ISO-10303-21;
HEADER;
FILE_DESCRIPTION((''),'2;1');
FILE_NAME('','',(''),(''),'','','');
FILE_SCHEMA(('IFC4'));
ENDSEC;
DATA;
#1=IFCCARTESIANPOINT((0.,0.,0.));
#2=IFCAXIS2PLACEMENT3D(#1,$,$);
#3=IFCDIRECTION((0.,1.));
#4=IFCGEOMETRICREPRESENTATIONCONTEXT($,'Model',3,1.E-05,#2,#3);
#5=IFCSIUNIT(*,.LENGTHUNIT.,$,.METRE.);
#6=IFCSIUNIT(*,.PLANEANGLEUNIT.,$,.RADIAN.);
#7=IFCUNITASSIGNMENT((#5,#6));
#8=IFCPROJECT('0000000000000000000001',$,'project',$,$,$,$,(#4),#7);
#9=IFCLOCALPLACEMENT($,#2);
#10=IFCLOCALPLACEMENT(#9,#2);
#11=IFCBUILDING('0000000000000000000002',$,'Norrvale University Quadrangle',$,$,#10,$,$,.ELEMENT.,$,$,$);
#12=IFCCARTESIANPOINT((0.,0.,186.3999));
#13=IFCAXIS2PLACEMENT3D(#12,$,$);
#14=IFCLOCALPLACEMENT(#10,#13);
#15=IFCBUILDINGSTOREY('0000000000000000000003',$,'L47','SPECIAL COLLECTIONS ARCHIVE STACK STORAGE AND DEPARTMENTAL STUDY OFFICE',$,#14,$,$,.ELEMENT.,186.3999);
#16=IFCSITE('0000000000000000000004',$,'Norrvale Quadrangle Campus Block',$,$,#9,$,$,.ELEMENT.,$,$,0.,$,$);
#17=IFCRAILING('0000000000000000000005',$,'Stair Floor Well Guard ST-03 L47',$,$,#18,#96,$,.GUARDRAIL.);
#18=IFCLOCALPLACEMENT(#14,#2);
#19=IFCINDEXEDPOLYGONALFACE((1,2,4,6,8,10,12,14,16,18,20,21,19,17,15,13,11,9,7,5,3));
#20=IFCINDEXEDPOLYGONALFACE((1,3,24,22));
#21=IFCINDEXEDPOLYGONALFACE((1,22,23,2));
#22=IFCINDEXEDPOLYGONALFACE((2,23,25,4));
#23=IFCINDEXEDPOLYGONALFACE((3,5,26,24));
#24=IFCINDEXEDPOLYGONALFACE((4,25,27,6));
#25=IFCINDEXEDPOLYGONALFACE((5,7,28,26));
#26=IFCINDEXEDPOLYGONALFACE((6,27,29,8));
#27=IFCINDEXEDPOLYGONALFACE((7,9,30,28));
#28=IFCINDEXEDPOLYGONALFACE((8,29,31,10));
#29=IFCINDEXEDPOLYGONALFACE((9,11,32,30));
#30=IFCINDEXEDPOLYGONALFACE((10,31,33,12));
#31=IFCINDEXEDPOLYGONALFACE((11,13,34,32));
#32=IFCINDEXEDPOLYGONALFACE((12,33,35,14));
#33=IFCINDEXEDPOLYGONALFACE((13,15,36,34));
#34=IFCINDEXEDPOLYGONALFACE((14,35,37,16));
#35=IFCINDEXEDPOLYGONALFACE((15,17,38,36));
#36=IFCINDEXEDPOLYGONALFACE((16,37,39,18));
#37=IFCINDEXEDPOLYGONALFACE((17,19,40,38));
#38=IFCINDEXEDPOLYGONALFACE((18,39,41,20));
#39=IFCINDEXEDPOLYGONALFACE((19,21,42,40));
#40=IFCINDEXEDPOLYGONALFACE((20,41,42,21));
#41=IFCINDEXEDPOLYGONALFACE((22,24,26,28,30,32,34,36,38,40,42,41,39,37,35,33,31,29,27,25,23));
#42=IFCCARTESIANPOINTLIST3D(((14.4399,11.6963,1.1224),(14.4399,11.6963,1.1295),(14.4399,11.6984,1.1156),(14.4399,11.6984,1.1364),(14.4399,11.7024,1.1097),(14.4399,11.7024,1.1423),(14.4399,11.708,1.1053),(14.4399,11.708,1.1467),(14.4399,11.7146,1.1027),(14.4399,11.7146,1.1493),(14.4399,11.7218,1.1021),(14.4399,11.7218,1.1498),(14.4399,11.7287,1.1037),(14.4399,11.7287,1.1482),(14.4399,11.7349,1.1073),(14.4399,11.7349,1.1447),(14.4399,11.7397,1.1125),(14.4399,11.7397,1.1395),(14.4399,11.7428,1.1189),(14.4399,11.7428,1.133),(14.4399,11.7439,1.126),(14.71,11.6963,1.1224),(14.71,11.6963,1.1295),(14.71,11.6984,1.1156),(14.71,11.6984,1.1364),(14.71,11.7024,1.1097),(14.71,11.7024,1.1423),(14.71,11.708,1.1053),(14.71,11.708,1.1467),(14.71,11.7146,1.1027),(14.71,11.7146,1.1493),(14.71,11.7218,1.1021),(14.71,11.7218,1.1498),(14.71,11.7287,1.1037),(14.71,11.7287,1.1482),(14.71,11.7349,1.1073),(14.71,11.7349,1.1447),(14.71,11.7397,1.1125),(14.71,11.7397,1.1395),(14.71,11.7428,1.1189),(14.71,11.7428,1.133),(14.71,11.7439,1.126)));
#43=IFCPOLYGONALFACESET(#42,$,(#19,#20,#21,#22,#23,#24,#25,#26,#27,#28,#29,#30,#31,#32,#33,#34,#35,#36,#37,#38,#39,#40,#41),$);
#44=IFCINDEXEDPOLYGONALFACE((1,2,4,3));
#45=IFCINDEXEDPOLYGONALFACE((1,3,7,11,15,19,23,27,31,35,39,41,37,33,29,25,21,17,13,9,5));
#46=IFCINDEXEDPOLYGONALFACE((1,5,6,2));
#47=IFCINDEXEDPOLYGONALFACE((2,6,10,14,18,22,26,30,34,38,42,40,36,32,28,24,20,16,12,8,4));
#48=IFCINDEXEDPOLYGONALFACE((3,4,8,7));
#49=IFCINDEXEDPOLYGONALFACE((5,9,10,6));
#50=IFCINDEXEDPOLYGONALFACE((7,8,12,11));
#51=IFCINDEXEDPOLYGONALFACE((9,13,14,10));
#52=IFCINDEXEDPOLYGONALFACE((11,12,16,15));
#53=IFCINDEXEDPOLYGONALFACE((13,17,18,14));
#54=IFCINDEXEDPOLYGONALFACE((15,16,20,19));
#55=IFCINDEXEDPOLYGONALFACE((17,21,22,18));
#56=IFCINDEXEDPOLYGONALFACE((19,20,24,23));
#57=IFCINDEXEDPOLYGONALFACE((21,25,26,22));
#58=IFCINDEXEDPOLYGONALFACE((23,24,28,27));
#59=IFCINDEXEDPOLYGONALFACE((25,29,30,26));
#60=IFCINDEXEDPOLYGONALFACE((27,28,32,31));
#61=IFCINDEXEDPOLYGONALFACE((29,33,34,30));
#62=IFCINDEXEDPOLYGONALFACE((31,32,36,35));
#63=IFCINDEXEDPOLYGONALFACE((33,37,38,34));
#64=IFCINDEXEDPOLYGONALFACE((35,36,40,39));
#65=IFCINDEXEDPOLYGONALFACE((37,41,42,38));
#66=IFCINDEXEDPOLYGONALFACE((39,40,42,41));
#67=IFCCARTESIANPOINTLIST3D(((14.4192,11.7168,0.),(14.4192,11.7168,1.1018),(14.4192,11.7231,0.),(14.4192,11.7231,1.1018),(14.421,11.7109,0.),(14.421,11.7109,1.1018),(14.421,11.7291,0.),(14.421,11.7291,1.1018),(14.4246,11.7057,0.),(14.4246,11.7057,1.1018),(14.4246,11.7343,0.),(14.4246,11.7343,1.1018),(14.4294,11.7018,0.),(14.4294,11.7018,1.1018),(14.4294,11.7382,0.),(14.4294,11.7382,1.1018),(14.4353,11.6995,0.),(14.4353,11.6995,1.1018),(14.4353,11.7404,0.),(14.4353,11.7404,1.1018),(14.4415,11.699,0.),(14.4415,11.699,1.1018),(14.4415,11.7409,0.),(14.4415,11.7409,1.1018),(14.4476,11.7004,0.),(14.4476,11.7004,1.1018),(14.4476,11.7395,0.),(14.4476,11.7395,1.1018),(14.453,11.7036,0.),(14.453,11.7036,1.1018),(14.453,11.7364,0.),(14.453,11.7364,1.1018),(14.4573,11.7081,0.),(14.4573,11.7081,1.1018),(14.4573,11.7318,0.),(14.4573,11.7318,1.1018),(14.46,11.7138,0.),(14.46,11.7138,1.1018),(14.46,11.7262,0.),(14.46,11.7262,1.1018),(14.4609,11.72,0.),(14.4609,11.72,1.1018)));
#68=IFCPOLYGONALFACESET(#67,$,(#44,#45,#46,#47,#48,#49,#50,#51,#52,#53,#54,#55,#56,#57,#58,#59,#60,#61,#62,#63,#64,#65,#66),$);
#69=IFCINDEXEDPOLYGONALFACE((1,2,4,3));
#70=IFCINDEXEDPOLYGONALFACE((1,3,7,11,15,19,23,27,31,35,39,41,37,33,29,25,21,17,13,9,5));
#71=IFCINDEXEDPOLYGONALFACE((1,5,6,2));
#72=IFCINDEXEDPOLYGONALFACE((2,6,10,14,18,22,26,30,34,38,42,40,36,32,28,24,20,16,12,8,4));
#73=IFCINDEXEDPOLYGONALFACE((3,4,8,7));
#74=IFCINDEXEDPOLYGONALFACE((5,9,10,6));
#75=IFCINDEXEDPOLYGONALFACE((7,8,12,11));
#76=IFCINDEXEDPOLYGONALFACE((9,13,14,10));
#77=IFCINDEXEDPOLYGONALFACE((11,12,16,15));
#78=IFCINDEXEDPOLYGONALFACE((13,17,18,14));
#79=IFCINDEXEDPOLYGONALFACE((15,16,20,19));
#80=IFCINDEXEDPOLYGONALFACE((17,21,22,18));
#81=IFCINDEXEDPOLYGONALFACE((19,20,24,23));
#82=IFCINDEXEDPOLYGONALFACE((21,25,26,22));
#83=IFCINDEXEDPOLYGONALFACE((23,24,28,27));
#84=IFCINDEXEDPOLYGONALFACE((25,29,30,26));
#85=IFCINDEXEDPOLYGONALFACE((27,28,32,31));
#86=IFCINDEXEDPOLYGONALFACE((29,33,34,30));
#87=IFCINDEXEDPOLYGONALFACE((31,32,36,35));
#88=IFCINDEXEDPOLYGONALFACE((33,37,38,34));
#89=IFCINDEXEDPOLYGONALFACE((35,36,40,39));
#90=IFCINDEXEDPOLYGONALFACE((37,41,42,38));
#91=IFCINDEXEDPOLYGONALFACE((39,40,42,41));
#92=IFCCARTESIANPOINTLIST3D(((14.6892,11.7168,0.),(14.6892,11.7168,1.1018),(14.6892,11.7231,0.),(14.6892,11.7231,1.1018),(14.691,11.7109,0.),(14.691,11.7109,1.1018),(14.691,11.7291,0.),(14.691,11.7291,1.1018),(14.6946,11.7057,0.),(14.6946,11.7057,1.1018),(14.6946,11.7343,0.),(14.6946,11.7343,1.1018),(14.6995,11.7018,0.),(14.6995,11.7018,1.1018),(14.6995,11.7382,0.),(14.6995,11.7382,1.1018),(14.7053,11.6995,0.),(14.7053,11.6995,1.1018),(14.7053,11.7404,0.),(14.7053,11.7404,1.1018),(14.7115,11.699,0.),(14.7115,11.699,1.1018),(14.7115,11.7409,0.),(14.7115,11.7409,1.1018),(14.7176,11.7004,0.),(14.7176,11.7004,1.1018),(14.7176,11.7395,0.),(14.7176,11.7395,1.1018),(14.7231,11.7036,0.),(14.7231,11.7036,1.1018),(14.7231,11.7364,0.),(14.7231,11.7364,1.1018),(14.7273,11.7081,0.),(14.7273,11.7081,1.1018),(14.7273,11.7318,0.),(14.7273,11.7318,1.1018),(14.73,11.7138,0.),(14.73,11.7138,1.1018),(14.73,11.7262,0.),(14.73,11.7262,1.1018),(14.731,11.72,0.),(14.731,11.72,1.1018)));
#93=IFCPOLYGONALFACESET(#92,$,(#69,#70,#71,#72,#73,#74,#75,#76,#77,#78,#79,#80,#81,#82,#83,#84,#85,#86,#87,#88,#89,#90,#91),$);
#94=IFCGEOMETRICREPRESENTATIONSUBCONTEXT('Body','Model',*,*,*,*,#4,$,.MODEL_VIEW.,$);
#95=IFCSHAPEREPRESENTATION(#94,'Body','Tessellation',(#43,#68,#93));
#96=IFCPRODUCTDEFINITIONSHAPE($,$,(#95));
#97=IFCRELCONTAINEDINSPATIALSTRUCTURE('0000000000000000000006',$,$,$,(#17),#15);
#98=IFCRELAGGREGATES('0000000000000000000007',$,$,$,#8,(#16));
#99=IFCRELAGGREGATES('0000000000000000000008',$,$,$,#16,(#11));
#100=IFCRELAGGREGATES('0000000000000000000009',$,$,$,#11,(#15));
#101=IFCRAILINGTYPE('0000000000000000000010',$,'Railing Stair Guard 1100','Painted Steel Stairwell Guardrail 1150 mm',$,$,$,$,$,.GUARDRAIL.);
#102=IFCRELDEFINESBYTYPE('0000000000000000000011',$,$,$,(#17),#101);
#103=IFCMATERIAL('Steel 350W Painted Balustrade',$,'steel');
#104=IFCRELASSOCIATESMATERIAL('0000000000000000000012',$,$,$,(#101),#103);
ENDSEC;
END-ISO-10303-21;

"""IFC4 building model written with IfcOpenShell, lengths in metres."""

from ifc_helpers import new_model, si_unit, direction, frame, origin, origin_2d, place, context, subcontext, project, spatial, circle, extrude, material, type_object, element, save


model = new_model("IFC4")

# Units and contexts
model_context = context("Model", 3, precision=1e-05, world=origin(), true_north=direction((0.0, 1.0)))
body_context = subcontext(model_context, "Body", "Model", "MODEL_VIEW")
ifc_project = project(units=[si_unit("LENGTHUNIT", "METRE"), si_unit("PLANEANGLEUNIT", "RADIAN")], contexts=[model_context])

# Site, building, storey
site_placement = place(None, origin())
site = spatial("IfcSite", under=ifc_project, at=site_placement, Name="Norrvale Quadrangle Campus Block", CompositionType="ELEMENT", RefElevation=0.0)
building_placement = place(site_placement, origin())
building = spatial("IfcBuilding", under=site, at=building_placement, Name="Norrvale University Quadrangle", CompositionType="ELEMENT")
storey_placement = place(building_placement, frame((0.0, 0.0, 186.3999)))
storey = spatial("IfcBuildingStorey", under=building, at=storey_placement, Name="L47", Description="SPECIAL COLLECTIONS ARCHIVE STACK STORAGE AND DEPARTMENTAL STUDY OFFICE", CompositionType="ELEMENT", Elevation=186.3999)

# Railing
ifc_material_1 = material(Name="Steel 350W Painted Balustrade", Category="steel")
railing_type_1 = type_object("IfcRailingType", Name="Railing Stair Guard 1100", Description="Painted Steel Stairwell Guardrail 1150 mm", PredefinedType="GUARDRAIL", material=ifc_material_1)
for number, where, name in (
    (1, (14.4399, 11.72, 0.0), "Stair Floor Well Guard ST-03 L47"),
):
    element("IfcRailing", number, at=place(storey_placement, frame(where)), inside=storey, type_object=railing_type_1, Name=name, PredefinedType="GUARDRAIL", context=body_context, shape_type="SweptSolid", body=[
        extrude(circle(Radius=0.0239, at=origin_2d()), frame((0.0, 0.0, 1.126), z_axis=(1.0, 0.0, 0.0), x_axis=(0.0, 1.0, 0.0)), (0.0, 0.0, 1.0), 0.27),
        extrude(circle(Radius=0.021, at=origin_2d()), origin(), (0.0, 0.0, 1.0), 1.1018),
        extrude(circle(Radius=0.021, at=origin_2d()), frame((0.27, 0.0, 0.0)), (0.0, 0.0, 1.0), 1.1018),
    ])

save(model, "model.ifc")
